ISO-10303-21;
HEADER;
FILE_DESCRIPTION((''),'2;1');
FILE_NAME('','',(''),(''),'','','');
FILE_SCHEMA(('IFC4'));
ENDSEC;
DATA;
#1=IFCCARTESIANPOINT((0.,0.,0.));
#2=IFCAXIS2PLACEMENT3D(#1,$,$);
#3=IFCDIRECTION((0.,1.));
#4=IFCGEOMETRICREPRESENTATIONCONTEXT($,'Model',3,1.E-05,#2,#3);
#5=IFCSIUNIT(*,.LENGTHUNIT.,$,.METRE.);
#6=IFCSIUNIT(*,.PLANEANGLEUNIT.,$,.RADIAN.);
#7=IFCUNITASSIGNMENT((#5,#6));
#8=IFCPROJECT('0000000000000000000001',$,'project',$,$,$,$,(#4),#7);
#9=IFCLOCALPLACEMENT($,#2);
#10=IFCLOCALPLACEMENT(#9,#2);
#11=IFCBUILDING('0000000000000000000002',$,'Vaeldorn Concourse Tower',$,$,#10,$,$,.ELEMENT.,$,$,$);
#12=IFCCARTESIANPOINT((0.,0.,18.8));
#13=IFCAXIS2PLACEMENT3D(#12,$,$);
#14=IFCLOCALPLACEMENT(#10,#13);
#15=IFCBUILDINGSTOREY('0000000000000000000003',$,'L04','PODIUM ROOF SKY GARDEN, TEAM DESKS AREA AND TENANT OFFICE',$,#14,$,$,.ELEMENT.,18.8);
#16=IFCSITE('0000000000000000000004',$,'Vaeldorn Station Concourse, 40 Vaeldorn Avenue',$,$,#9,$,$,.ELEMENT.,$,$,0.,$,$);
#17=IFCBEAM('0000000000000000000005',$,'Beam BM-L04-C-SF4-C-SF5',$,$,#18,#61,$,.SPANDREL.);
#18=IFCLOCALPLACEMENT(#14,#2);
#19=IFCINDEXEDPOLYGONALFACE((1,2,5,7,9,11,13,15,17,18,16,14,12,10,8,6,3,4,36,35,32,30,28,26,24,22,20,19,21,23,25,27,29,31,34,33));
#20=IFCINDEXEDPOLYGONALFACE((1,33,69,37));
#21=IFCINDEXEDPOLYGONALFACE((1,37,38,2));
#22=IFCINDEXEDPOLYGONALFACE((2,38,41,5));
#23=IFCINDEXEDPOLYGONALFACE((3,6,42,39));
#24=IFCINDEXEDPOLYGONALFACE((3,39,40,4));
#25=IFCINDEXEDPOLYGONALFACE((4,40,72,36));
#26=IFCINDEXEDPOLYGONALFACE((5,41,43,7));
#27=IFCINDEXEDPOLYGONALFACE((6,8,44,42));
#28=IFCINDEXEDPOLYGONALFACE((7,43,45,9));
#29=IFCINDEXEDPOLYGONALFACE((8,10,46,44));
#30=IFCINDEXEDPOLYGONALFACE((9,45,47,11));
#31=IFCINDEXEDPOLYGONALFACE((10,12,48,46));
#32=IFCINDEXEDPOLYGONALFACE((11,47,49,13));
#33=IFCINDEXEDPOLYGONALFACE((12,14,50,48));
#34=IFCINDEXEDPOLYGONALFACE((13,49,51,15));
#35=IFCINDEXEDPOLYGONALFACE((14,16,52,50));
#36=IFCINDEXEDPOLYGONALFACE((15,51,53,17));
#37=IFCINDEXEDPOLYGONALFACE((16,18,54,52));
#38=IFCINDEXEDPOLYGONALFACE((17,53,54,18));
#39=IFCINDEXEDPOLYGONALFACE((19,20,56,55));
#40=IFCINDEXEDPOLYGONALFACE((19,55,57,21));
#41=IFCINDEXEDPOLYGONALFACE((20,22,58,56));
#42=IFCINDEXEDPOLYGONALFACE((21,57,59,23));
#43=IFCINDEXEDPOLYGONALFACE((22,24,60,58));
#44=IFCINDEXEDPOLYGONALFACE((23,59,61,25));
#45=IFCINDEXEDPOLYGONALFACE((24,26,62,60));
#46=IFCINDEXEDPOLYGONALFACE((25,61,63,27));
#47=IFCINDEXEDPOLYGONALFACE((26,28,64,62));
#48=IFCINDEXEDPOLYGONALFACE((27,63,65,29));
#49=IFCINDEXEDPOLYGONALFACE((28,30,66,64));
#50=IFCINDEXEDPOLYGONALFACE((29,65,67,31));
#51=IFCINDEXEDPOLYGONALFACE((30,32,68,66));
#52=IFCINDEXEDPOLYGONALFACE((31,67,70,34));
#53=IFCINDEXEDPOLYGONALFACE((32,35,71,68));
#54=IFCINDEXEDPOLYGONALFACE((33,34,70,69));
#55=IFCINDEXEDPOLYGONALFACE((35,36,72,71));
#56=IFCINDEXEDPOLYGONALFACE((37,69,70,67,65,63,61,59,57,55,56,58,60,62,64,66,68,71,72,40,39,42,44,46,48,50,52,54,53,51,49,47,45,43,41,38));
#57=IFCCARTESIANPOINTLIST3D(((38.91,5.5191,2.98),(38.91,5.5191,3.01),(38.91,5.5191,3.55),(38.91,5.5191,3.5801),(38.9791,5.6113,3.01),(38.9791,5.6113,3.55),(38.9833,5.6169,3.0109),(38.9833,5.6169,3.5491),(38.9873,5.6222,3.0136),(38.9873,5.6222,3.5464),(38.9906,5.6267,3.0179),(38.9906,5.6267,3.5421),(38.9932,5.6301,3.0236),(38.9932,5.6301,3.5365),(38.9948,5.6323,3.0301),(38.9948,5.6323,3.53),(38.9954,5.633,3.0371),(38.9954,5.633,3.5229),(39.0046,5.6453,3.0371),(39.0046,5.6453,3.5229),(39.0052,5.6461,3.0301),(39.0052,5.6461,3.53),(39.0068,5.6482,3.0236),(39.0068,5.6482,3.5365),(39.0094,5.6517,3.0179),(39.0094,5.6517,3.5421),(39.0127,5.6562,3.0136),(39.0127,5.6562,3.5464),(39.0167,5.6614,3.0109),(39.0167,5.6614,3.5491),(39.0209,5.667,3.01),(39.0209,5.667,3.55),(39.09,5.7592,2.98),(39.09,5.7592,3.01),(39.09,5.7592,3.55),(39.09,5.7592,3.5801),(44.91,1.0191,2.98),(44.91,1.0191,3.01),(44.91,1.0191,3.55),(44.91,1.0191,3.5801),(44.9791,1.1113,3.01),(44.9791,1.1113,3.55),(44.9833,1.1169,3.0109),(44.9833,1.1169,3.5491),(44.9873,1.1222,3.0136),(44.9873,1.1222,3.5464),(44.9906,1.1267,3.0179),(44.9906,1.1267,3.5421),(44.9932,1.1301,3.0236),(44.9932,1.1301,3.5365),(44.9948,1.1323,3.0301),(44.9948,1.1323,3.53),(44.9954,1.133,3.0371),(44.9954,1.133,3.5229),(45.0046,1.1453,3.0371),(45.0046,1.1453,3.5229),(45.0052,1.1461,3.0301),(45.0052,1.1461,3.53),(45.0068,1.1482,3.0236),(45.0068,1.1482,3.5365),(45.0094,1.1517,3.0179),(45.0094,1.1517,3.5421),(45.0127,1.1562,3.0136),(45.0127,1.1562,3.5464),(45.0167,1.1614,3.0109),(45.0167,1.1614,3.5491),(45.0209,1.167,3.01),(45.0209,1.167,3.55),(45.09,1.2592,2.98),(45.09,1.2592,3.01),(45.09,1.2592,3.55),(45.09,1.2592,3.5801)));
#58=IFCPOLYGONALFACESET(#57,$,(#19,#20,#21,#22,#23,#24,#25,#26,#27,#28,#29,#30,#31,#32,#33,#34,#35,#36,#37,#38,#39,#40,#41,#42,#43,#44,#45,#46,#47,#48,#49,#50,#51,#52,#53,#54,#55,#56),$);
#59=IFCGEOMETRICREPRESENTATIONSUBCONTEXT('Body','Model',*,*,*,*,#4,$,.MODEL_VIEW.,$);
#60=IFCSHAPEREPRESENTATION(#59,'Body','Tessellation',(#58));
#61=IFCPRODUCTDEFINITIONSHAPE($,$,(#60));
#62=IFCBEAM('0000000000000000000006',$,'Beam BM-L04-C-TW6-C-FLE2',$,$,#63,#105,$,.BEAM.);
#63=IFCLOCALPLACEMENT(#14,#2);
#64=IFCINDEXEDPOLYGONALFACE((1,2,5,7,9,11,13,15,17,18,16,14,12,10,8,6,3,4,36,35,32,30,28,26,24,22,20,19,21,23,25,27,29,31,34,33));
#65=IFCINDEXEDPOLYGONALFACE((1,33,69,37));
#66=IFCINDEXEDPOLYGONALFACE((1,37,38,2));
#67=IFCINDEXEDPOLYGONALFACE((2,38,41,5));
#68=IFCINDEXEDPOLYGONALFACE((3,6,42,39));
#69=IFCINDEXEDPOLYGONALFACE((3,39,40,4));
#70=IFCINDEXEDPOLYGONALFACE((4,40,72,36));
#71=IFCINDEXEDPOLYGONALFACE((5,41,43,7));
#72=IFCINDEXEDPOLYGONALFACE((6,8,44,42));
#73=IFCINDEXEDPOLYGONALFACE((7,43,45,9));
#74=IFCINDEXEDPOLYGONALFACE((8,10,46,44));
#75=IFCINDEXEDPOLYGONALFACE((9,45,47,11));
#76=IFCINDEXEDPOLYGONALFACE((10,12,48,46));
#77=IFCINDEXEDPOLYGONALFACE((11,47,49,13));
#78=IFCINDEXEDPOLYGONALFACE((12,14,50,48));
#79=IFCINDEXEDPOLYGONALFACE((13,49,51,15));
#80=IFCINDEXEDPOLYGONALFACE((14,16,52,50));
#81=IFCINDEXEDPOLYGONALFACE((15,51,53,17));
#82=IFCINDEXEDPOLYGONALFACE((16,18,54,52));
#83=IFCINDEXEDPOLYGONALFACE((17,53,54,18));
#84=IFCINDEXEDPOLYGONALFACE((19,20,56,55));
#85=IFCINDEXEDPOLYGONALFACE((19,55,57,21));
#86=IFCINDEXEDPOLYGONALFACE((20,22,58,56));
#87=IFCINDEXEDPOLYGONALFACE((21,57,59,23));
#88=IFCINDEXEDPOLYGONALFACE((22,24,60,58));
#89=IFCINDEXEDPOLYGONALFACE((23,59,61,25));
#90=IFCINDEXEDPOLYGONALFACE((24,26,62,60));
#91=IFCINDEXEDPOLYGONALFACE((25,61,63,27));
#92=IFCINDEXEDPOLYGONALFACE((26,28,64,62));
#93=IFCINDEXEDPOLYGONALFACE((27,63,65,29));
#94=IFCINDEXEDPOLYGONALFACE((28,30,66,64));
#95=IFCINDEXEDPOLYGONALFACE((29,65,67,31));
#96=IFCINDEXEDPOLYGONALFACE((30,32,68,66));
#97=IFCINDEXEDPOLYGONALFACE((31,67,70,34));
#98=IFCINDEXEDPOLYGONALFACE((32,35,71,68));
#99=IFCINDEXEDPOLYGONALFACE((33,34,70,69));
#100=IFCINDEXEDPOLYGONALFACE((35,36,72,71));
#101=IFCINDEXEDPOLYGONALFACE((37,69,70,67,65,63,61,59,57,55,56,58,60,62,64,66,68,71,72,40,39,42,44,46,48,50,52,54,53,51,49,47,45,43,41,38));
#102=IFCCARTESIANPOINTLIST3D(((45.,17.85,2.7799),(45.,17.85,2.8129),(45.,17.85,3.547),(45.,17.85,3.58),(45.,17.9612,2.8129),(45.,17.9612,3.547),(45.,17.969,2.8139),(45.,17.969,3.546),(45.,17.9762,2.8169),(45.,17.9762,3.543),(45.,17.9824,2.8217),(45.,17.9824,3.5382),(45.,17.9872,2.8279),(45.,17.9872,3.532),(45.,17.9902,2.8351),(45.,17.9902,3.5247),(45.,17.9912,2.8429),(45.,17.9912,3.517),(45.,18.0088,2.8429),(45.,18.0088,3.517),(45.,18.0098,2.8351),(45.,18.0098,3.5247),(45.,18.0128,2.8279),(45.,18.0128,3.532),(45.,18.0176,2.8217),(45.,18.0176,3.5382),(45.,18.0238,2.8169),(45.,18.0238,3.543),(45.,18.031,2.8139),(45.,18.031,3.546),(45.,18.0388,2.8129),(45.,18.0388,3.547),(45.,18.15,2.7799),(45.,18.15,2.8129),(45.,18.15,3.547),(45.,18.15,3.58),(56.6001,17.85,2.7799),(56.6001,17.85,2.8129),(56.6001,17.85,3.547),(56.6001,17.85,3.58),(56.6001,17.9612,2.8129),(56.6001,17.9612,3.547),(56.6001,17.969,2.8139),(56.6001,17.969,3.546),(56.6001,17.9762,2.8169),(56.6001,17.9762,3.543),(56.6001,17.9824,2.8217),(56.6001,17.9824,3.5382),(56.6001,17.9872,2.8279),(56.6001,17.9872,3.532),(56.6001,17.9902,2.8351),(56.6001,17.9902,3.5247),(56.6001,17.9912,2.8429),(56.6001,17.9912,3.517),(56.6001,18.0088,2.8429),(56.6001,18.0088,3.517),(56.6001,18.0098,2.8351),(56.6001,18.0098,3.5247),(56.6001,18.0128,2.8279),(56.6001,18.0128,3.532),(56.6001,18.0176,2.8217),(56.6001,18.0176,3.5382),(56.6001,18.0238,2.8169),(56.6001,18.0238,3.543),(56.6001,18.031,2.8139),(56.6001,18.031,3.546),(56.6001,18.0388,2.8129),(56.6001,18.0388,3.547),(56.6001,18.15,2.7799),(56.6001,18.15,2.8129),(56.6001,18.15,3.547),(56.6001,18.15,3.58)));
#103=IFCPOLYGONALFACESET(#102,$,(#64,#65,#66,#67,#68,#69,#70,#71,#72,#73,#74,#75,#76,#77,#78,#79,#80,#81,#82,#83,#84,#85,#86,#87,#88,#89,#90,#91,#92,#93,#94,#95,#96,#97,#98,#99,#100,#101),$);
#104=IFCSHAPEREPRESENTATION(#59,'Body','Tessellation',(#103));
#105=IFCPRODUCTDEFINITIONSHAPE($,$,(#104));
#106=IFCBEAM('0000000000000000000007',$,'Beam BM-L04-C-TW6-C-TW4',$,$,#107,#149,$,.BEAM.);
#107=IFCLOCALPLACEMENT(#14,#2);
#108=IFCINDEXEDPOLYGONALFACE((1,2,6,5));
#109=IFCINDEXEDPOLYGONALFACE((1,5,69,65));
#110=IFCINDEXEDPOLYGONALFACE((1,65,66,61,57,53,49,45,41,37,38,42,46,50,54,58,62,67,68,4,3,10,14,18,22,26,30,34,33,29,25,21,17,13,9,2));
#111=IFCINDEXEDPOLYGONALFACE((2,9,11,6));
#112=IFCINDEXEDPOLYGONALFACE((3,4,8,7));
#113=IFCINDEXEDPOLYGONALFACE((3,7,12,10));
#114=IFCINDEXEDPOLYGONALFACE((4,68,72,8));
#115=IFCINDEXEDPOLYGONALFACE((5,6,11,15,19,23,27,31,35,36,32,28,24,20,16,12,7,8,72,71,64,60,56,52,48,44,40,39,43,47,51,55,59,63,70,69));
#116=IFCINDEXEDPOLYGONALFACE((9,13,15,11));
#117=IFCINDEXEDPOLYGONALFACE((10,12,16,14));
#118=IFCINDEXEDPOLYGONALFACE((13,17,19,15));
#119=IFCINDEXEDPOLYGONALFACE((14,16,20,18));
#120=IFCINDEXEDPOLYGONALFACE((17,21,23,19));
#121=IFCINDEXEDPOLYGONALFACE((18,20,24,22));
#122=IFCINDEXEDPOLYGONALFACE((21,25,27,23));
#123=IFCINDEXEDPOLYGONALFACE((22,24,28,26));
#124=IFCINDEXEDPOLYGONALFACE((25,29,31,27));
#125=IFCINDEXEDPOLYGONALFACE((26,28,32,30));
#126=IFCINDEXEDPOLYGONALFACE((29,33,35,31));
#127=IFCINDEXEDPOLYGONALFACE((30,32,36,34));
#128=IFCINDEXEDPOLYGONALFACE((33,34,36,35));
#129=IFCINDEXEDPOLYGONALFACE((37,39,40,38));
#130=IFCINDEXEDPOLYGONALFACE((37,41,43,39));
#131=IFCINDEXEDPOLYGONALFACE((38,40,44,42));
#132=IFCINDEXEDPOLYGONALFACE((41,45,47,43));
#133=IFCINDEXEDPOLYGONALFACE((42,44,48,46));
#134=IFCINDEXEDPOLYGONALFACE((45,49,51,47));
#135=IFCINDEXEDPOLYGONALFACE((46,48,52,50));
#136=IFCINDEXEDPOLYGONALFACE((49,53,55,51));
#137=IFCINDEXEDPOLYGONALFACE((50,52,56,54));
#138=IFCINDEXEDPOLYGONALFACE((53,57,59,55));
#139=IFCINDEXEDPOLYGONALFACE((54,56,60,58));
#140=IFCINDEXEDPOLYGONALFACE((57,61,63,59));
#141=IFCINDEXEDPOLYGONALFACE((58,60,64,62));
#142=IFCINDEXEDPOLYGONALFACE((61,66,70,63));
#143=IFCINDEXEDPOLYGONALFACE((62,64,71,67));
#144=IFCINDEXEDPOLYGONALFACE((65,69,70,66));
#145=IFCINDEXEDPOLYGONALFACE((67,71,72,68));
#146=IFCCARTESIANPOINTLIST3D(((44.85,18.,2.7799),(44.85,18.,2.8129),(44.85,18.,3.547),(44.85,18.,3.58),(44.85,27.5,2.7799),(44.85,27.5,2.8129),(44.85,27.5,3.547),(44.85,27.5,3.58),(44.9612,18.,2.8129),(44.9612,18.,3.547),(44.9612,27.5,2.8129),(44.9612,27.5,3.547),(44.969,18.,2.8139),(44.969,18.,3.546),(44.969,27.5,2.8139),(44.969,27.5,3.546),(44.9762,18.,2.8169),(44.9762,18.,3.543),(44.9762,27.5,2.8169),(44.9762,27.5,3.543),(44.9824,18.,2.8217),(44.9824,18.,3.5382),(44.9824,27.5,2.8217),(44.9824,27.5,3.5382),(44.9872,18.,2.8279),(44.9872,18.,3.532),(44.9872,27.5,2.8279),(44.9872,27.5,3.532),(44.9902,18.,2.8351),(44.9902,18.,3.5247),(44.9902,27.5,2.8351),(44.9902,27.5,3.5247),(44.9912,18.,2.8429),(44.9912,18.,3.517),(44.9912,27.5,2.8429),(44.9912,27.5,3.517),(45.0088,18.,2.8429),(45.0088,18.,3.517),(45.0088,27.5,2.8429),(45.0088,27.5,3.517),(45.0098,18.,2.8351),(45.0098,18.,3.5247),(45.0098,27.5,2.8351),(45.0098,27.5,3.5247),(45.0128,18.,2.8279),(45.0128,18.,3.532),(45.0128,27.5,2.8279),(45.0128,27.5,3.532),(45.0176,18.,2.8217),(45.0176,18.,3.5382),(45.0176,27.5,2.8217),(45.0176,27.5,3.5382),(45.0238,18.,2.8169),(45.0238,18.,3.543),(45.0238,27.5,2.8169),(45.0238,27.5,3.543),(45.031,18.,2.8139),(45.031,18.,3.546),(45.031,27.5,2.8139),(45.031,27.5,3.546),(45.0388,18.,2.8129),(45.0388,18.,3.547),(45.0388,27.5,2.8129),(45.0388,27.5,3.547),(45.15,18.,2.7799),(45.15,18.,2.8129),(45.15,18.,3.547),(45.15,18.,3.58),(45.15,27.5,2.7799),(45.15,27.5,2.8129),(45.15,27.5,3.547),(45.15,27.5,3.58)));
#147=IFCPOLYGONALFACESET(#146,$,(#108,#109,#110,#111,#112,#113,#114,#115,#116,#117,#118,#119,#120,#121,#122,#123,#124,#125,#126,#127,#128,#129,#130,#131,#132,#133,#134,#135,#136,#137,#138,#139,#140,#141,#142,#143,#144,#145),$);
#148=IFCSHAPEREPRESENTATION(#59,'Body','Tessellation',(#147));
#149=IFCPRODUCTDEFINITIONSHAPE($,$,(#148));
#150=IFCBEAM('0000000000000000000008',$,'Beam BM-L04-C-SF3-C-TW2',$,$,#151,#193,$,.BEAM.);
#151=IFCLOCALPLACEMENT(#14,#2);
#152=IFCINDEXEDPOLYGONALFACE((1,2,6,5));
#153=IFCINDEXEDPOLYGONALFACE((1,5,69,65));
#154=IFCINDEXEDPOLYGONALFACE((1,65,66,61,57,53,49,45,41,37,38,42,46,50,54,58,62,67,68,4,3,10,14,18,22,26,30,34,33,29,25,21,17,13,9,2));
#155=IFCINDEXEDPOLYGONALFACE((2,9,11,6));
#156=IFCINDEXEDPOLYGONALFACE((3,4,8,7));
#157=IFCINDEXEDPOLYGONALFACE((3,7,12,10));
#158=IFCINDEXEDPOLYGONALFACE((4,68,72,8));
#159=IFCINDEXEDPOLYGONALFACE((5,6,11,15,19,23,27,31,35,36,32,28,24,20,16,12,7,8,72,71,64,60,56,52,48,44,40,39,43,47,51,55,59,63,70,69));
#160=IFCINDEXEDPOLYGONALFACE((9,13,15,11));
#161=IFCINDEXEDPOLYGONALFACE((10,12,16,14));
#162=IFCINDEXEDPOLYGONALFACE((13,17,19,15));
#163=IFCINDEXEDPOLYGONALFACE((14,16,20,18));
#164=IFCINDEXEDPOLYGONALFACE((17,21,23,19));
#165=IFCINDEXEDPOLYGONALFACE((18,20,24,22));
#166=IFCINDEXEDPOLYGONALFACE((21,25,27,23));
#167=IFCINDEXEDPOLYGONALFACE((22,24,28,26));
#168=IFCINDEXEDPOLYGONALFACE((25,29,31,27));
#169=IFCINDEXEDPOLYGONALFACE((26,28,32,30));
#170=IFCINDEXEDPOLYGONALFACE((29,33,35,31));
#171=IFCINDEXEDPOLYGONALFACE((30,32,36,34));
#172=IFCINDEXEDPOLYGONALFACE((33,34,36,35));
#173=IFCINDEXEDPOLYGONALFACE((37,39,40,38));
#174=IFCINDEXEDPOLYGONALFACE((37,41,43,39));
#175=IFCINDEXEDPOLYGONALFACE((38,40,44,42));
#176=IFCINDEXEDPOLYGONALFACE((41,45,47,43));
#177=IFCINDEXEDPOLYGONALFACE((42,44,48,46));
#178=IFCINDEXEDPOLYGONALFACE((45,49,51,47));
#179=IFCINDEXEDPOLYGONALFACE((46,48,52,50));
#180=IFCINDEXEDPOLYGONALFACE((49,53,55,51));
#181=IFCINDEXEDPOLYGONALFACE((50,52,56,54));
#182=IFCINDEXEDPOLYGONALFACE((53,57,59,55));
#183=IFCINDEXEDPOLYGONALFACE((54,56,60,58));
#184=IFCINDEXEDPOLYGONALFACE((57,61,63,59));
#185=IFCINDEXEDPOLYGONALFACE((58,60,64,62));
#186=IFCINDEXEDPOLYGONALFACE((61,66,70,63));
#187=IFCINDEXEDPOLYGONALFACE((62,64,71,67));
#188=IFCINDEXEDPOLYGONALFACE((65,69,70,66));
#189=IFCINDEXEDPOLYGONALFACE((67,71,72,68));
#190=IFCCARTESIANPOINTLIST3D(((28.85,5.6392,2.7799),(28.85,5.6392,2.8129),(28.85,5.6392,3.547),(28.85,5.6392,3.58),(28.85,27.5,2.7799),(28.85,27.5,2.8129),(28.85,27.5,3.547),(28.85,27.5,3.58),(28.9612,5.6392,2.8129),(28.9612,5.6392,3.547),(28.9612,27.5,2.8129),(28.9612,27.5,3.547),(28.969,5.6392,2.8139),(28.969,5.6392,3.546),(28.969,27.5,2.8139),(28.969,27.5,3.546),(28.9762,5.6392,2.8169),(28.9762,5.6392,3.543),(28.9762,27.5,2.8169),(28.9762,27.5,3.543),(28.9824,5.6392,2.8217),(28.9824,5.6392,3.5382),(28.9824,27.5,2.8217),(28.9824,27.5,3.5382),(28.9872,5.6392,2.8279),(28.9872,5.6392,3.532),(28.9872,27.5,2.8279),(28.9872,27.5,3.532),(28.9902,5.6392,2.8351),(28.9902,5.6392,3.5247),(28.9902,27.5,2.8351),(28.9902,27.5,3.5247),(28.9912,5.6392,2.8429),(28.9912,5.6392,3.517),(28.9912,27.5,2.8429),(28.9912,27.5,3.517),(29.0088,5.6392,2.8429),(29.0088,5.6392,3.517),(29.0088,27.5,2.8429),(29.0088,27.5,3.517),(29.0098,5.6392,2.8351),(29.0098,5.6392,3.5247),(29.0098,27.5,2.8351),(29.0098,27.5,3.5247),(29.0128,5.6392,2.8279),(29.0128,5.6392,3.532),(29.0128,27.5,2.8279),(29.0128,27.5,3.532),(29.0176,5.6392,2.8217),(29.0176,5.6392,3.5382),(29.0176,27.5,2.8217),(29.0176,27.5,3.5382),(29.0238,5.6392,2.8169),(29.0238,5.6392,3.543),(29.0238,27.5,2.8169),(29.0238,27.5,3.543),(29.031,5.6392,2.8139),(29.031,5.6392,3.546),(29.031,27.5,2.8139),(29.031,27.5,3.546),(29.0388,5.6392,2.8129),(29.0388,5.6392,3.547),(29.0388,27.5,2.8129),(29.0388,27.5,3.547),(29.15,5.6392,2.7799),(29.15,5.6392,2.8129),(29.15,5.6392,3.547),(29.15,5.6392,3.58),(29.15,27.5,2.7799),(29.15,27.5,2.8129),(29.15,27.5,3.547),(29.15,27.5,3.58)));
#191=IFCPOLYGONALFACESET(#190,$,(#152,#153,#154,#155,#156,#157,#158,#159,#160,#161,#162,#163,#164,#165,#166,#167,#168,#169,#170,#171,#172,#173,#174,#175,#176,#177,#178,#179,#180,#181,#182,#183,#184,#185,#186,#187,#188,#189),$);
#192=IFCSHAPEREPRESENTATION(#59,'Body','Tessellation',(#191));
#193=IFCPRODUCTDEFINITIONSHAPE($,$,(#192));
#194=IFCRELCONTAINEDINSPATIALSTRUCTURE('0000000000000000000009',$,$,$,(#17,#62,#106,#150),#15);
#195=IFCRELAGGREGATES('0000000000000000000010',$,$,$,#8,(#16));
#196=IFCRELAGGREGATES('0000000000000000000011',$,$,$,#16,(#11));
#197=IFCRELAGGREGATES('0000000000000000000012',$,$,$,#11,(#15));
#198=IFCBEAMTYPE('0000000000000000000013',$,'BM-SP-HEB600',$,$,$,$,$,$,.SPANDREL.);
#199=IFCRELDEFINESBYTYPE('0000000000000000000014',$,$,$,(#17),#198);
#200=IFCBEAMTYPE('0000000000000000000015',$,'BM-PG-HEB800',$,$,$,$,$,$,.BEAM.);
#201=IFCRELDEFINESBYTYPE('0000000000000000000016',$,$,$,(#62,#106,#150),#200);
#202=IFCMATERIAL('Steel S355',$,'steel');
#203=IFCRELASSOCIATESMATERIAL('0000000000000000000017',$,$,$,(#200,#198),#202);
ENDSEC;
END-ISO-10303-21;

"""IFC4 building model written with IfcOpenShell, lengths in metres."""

from ifc_helpers import new_model, si_unit, direction, frame, origin, origin_2d, place, context, subcontext, project, spatial, i_section, extrude, source, transform, mapped, material, material_profile, profile_set, type_object, element, save


model = new_model("IFC4")

# Units and contexts
model_context = context("Model", 3, precision=1e-05, world=origin(), true_north=direction((0.0, 1.0)))
body_context = subcontext(model_context, "Body", "Model", "MODEL_VIEW")
ifc_project = project(units=[si_unit("LENGTHUNIT", "METRE"), si_unit("PLANEANGLEUNIT", "RADIAN")], contexts=[model_context])

# Site, building, storey
site_placement = place(None, origin())
site = spatial("IfcSite", under=ifc_project, at=site_placement, Name="Vaeldorn Station Concourse, 40 Vaeldorn Avenue", CompositionType="ELEMENT", RefElevation=0.0)
building_placement = place(site_placement, origin())
building = spatial("IfcBuilding", under=site, at=building_placement, Name="Vaeldorn Concourse Tower", CompositionType="ELEMENT")
storey_placement = place(building_placement, frame((0.0, 0.0, 18.8)))
storey = spatial("IfcBuildingStorey", under=building, at=storey_placement, Name="L04", Description="PODIUM ROOF SKY GARDEN, TEAM DESKS AREA AND TENANT OFFICE", CompositionType="ELEMENT", Elevation=18.8)

# Beams
ifc_material_1 = material(Name="Steel S355", Category="steel")
ifc_material_profile_1 = material_profile(ifc_material_1, i_section(OverallWidth=0.3, OverallDepth=0.8, WebThickness=0.0176, FlangeThickness=0.033, FilletRadius=0.03, at=origin_2d()), Name="HEB 800")
ifc_profile_set_1 = profile_set([ifc_material_profile_1], Name="Steel S355")
beam_type_1 = type_object("IfcBeamType", Name="BM-PG-HEB800", PredefinedType="BEAM", material=ifc_profile_set_1)
ifc_material_profile_2 = material_profile(ifc_material_1, i_section(OverallWidth=0.3, OverallDepth=0.6001, WebThickness=0.0154, FlangeThickness=0.03, FilletRadius=0.0271, at=origin_2d()), Name="HEB 600")
ifc_profile_set_2 = profile_set([ifc_material_profile_2], Name="Steel S355")
beam_type_2 = type_object("IfcBeamType", Name="BM-SP-HEB600", PredefinedType="SPANDREL", material=ifc_profile_set_2)
shared_shape_1 = source(origin(), body_context, "Body", "SweptSolid", [
    extrude(i_section(OverallWidth=0.3, OverallDepth=0.6001, WebThickness=0.0154, FlangeThickness=0.03, FilletRadius=0.0271, at=origin_2d()), origin(), (0.0, 0.0, 1.0), 7.5),
])
beam_1_placement = place(storey_placement, frame((39.0, 5.6392, 3.28), z_axis=(0.8, -0.6, 0.0), x_axis=(0.6, 0.8, 0.0)))
element("IfcBeam", 1, at=beam_1_placement, inside=storey, type_object=beam_type_2, Name="Beam BM-L04-C-SF4-C-SF5", PredefinedType="SPANDREL", context=body_context, shape_type="MappedRepresentation", body=[
    mapped(shared_shape_1, transform((0.0, 0.0, 0.0), scale=1.0)),
])
shared_shape_2 = source(origin(), body_context, "Body", "SweptSolid", [
    extrude(i_section(OverallWidth=0.3, OverallDepth=0.8, WebThickness=0.0176, FlangeThickness=0.033, FilletRadius=0.03, at=origin_2d()), origin(), (0.0, 0.0, 1.0), 11.6001),
])
beam_2_placement = place(storey_placement, frame((45.0, 18.0, 3.1799), z_axis=(1.0, 0.0, 0.0), x_axis=(0.0, 1.0, 0.0)))
element("IfcBeam", 2, at=beam_2_placement, inside=storey, type_object=beam_type_1, Name="Beam BM-L04-C-TW6-C-FLE2", PredefinedType="BEAM", context=body_context, shape_type="MappedRepresentation", body=[
    mapped(shared_shape_2, transform((0.0, 0.0, 0.0), scale=1.0)),
])
shared_shape_3 = source(origin(), body_context, "Body", "SweptSolid", [
    extrude(i_section(OverallWidth=0.3, OverallDepth=0.8, WebThickness=0.0176, FlangeThickness=0.033, FilletRadius=0.03, at=origin_2d()), origin(), (0.0, 0.0, 1.0), 9.5),
])
beam_3_placement = place(storey_placement, frame((45.0, 18.0, 3.1799), z_axis=(0.0, 1.0, 0.0), x_axis=(-1.0, 0.0, 0.0)))
element("IfcBeam", 3, at=beam_3_placement, inside=storey, type_object=beam_type_1, Name="Beam BM-L04-C-TW6-C-TW4", PredefinedType="BEAM", context=body_context, shape_type="MappedRepresentation", body=[
    mapped(shared_shape_3, transform((0.0, 0.0, 0.0), scale=1.0)),
])
shared_shape_4 = source(origin(), body_context, "Body", "SweptSolid", [
    extrude(i_section(OverallWidth=0.3, OverallDepth=0.8, WebThickness=0.0176, FlangeThickness=0.033, FilletRadius=0.03, at=origin_2d()), origin(), (0.0, 0.0, 1.0), 21.8608),
])
for number, where, z_axis, x_axis, name in (
    (4, (29.0, 5.6392, 3.1799), (0.0, 1.0, 0.0), (-1.0, 0.0, 0.0), "Beam BM-L04-C-SF3-C-TW2"),
):
    element("IfcBeam", number, at=place(storey_placement, frame(where, z_axis=z_axis, x_axis=x_axis)), inside=storey, type_object=beam_type_1, Name=name, PredefinedType="BEAM", context=body_context, shape_type="MappedRepresentation", body=[
        mapped(shared_shape_4, transform((0.0, 0.0, 0.0), scale=1.0)),
    ])

save(model, "model.ifc")
